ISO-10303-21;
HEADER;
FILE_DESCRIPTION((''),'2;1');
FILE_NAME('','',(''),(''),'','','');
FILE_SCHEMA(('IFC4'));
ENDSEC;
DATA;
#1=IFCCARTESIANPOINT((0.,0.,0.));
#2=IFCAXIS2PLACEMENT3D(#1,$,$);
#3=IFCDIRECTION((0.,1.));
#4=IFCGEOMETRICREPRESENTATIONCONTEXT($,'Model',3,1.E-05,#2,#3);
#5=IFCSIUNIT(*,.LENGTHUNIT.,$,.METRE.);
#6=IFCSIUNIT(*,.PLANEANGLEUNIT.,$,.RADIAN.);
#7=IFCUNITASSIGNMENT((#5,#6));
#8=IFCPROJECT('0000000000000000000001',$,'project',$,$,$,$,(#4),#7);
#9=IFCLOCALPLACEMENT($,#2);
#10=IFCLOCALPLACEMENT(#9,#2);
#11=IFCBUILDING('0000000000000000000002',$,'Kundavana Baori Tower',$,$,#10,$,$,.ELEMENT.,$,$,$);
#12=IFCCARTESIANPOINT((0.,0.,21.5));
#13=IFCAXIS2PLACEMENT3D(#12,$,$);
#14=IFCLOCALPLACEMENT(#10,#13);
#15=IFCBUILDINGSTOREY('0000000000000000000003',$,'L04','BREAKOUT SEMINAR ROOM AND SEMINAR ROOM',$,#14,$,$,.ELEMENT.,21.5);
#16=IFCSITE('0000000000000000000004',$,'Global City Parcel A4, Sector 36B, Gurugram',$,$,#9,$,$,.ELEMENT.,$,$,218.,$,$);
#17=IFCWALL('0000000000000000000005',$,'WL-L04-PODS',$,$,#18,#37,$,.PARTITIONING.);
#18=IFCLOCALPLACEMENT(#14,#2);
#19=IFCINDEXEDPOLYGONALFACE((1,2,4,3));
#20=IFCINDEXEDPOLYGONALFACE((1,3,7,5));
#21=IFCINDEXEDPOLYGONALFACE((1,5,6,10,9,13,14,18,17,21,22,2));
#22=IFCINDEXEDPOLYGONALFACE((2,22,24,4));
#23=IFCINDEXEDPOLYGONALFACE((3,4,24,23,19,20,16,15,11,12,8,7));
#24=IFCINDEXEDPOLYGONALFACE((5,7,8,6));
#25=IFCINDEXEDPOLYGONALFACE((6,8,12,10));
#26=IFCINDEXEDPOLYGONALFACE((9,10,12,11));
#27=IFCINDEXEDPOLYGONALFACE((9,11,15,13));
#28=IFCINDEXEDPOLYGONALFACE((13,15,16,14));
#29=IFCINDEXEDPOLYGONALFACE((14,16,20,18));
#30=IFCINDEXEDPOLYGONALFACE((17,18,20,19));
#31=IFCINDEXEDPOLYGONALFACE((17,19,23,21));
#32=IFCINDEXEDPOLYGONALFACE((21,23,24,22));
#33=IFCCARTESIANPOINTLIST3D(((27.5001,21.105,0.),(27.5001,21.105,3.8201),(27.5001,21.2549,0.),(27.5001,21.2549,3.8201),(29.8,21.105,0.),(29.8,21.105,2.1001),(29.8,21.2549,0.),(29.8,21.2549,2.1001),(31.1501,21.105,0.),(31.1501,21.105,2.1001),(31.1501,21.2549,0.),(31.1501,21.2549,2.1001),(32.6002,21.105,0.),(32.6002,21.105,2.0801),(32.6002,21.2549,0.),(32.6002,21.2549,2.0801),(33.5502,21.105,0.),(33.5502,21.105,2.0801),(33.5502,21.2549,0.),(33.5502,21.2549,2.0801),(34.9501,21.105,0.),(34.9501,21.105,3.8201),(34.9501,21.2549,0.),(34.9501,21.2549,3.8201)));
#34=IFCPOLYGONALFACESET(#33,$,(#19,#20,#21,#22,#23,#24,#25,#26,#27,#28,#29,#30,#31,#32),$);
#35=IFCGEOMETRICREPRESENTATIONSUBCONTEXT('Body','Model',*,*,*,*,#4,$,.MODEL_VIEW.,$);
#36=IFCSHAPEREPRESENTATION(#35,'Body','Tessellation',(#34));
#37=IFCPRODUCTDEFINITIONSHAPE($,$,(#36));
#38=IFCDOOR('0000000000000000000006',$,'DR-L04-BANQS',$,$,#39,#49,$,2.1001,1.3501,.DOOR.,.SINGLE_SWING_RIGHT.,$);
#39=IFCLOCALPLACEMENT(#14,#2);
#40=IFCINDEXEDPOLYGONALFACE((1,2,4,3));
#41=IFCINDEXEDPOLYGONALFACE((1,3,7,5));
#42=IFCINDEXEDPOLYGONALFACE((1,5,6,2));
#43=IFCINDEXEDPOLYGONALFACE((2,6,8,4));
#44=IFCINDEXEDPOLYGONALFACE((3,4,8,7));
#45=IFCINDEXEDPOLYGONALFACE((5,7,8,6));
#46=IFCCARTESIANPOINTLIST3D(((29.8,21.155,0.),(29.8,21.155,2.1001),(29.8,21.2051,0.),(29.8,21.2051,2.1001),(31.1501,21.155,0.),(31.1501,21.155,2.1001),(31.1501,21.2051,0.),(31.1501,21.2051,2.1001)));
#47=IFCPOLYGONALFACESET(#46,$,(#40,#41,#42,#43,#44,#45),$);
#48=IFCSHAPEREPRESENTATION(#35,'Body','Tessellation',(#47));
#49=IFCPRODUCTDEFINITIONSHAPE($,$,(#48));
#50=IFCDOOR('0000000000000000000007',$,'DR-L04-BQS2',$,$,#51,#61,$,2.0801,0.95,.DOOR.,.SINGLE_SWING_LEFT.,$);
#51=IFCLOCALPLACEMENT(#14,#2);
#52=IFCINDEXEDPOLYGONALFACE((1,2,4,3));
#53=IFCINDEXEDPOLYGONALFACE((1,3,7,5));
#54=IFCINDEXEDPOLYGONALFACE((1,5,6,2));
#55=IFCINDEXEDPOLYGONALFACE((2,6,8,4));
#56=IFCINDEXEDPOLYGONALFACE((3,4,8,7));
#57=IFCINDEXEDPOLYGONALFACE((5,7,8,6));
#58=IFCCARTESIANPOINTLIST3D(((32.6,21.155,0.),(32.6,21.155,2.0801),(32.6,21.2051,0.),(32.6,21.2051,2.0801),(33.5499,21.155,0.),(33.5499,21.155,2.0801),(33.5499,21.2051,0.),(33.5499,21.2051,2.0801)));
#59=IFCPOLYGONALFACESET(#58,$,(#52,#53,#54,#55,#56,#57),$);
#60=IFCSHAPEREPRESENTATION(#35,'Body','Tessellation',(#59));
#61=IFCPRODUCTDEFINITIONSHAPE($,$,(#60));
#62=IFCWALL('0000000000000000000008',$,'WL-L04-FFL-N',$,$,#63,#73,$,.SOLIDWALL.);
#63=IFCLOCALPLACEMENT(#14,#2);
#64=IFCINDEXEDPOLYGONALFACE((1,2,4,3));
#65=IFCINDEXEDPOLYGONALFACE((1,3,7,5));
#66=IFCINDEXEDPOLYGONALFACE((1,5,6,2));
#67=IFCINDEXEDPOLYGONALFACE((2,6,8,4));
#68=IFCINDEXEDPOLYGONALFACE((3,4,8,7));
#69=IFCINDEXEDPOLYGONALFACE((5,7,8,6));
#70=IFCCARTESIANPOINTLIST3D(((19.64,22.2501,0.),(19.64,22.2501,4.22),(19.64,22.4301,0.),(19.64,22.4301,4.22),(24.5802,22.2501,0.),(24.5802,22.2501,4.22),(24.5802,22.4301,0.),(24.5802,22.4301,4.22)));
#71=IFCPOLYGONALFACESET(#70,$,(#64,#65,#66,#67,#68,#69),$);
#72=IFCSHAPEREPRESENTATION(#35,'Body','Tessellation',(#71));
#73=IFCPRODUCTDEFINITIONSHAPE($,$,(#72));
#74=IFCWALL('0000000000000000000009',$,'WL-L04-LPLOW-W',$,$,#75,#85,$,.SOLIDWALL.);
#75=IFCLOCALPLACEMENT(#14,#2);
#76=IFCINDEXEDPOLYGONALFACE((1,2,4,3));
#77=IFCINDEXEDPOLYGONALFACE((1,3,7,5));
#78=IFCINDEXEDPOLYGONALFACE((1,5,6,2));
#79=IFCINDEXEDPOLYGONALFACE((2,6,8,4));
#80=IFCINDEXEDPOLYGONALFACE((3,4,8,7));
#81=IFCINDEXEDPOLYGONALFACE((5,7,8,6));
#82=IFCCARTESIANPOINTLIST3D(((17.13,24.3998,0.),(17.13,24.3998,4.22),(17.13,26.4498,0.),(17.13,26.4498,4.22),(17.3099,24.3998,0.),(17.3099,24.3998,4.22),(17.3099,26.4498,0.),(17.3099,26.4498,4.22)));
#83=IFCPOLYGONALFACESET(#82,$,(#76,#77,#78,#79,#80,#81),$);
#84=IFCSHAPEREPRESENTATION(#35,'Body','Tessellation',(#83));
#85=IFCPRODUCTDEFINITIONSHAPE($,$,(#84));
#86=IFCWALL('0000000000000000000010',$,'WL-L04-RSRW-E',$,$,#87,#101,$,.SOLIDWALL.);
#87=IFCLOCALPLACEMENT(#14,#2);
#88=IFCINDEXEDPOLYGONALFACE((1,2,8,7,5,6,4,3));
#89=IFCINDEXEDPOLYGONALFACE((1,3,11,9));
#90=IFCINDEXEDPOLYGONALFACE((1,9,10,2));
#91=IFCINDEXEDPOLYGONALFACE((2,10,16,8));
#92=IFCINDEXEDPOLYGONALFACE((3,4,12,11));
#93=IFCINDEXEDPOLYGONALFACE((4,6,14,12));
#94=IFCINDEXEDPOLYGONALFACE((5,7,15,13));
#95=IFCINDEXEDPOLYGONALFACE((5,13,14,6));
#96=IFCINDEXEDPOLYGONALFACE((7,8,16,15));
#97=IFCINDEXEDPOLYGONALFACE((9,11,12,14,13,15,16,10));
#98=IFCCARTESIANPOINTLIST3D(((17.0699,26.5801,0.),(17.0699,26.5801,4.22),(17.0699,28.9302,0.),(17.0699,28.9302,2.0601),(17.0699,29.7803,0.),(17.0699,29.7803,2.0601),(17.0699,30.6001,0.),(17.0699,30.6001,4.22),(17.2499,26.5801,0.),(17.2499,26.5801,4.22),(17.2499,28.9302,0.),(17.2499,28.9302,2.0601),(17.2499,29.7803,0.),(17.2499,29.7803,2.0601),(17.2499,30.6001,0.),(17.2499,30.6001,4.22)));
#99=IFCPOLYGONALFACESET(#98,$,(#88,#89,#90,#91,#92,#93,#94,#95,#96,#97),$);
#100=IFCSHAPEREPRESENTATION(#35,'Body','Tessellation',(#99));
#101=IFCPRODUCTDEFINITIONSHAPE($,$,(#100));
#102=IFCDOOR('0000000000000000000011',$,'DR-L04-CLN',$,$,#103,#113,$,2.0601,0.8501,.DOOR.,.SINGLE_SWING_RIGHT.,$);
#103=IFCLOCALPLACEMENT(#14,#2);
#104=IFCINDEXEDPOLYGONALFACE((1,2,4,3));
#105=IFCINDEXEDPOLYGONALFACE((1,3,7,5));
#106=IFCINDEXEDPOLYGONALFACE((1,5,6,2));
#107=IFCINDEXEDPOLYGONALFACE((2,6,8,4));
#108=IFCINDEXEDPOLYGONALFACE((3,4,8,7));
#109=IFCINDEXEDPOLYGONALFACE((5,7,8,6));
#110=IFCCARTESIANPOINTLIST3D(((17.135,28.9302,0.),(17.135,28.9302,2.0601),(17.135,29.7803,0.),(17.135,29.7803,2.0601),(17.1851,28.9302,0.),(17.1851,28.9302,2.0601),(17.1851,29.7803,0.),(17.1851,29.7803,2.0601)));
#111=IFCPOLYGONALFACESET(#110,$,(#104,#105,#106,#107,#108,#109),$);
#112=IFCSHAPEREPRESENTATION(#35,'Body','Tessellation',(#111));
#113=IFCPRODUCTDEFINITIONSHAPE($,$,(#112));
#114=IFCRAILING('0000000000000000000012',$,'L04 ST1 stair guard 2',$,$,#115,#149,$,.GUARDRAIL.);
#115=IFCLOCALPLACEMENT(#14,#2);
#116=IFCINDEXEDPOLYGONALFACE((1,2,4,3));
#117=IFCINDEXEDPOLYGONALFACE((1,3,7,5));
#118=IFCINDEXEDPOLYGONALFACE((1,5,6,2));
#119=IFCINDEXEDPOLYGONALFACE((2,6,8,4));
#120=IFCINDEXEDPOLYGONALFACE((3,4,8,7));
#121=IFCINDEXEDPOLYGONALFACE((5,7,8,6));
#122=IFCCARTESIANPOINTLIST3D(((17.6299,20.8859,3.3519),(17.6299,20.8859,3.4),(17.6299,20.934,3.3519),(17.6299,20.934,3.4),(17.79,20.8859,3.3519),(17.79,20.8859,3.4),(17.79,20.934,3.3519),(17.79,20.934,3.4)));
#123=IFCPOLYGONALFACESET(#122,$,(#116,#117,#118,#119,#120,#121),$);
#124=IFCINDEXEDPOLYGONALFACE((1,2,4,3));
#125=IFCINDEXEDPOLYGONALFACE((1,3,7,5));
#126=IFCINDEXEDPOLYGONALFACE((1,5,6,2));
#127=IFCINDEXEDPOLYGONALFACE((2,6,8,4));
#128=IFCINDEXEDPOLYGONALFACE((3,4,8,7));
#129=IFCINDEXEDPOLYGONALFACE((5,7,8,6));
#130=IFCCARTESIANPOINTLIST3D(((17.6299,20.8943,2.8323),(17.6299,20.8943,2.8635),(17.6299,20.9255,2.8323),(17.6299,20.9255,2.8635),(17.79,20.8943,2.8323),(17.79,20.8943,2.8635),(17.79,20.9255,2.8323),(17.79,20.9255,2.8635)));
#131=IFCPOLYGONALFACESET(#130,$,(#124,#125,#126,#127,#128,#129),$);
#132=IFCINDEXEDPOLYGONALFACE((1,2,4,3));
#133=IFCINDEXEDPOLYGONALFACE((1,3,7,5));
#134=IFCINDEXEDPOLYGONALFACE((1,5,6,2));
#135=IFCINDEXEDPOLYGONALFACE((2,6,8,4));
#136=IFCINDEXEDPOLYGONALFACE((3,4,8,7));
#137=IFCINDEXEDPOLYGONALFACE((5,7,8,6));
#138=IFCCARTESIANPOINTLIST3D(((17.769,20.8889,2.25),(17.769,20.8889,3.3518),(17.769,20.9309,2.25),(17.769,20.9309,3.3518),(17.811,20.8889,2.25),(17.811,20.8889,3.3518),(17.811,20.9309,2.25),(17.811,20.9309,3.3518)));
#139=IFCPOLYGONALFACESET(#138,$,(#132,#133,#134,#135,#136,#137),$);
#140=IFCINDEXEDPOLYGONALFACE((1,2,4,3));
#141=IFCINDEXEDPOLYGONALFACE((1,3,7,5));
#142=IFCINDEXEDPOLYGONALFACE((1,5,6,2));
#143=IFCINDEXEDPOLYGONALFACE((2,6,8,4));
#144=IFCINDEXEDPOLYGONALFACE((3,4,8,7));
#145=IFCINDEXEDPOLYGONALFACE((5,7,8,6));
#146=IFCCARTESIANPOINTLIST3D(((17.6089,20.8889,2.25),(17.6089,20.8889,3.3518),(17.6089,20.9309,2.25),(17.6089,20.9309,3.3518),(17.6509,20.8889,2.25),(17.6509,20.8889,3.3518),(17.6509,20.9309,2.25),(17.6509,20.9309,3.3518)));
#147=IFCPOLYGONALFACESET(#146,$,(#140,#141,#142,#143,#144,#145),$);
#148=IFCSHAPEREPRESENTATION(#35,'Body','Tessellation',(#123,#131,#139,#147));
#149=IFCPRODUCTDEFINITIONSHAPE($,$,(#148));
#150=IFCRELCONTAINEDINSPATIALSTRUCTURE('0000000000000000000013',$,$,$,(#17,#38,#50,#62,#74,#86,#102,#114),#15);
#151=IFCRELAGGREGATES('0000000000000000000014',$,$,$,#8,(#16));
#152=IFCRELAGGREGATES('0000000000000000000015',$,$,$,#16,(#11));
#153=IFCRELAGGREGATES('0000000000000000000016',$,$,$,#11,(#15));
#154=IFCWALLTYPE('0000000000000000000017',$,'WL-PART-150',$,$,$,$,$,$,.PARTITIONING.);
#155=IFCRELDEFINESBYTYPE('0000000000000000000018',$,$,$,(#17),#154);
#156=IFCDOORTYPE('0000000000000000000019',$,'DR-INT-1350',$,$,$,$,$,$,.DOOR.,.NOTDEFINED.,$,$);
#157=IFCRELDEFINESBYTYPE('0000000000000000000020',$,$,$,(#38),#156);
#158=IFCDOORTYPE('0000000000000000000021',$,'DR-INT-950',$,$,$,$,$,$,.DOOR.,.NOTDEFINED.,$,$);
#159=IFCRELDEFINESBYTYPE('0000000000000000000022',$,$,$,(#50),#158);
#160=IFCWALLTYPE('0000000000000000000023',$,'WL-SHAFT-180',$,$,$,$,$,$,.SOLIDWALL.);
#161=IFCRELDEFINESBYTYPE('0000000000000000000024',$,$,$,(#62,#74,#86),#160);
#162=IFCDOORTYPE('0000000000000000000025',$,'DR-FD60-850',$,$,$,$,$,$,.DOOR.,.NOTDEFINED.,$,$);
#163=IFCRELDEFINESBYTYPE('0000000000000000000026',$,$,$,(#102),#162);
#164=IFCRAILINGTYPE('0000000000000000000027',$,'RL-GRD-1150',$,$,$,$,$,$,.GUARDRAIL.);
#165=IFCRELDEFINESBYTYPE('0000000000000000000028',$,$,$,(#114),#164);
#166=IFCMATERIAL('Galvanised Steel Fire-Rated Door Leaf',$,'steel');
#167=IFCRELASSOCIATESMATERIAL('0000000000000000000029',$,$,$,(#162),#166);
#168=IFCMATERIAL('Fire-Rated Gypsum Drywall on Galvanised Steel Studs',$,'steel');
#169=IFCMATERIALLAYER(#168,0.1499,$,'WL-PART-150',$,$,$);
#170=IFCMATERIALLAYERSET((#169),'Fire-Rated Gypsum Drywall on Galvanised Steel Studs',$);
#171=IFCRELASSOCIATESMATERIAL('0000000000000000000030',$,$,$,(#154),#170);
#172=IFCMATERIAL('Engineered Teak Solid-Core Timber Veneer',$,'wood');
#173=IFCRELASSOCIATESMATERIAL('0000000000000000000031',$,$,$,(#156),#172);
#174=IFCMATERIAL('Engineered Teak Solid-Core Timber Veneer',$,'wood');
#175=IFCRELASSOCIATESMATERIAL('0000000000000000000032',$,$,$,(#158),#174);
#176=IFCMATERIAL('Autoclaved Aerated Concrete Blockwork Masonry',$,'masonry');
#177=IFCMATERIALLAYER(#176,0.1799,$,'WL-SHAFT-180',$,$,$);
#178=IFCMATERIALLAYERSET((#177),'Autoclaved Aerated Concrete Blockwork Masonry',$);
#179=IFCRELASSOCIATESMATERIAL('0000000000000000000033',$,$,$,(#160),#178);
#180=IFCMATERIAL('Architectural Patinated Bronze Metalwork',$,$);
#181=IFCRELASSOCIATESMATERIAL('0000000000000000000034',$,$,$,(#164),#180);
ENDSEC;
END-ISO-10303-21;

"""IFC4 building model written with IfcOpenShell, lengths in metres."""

from ifc_helpers import new_model, si_unit, direction, frame, frame_2d, origin, origin_2d, place, context, subcontext, project, spatial, rectangle, extrude, material, layer, layer_set, type_object, element, fill, save


model = new_model("IFC4")

# Units and contexts
model_context = context("Model", 3, precision=1e-05, world=origin(), true_north=direction((0.0, 1.0)))
body_context = subcontext(model_context, "Body", "Model", "MODEL_VIEW")
ifc_project = project(units=[si_unit("LENGTHUNIT", "METRE"), si_unit("PLANEANGLEUNIT", "RADIAN")], contexts=[model_context])

# Site, building, storey
site_placement = place(None, origin())
site = spatial("IfcSite", under=ifc_project, at=site_placement, Name="Global City Parcel A4, Sector 36B, Gurugram", CompositionType="ELEMENT", RefElevation=218.0)
building_placement = place(site_placement, origin())
building = spatial("IfcBuilding", under=site, at=building_placement, Name="Kundavana Baori Tower", CompositionType="ELEMENT")
storey_placement = place(building_placement, frame((0.0, 0.0, 21.5)))
storey = spatial("IfcBuildingStorey", under=building, at=storey_placement, Name="L04", Description="BREAKOUT SEMINAR ROOM AND SEMINAR ROOM", CompositionType="ELEMENT", Elevation=21.5)

# Shared definitions
ifc_material_1 = material(Name="Galvanised Steel Fire-Rated Door Leaf", Category="steel")
door_type_1 = type_object("IfcDoorType", Name="DR-FD60-850", OperationType="NOTDEFINED", PredefinedType="DOOR", material=ifc_material_1)

# Wall, openings, doors
ifc_material_2 = material(Name="Fire-Rated Gypsum Drywall on Galvanised Steel Studs", Category="steel")
ifc_layer_1 = layer(ifc_material_2, 0.1499, Name="WL-PART-150")
ifc_layer_set_1 = layer_set([ifc_layer_1], Name="Fire-Rated Gypsum Drywall on Galvanised Steel Studs")
wall_type_1 = type_object("IfcWallType", Name="WL-PART-150", PredefinedType="PARTITIONING", material=ifc_layer_set_1)
wall_1_placement = place(storey_placement, frame((27.5, 21.1799, 0.0), z_axis=(0.0, 0.0, 1.0), x_axis=(1.0, 0.0, 0.0)))
wall_1 = element("IfcWall", 1, at=wall_1_placement, inside=storey, type_object=wall_type_1, Name="WL-L04-PODS", PredefinedType="PARTITIONING", context=body_context, shape_type="SweptSolid", body=[
    extrude(rectangle(XDim=7.45, YDim=0.1499, at=frame_2d((3.7251, 0.0))), origin(), (0.0, 0.0, 1.0), 3.8201),
])
opening_1_placement = place(wall_1_placement, frame((5.1001, 0.0, 0.0)))
opening_1 = element("IfcOpeningElement", 2, at=opening_1_placement, cuts=wall_1, PredefinedType="OPENING", context=body_context, shape_type="SweptSolid", body=[
    extrude(rectangle(XDim=0.95, YDim=2.0801, at=frame_2d((0.4751, 1.04))), frame((0.0, 0.085, 0.0), z_axis=(0.0, -1.0, 0.0), x_axis=(1.0, 0.0, 0.0)), (0.0, 0.0, 1.0), 0.1699),
])
opening_2_placement = place(wall_1_placement, frame((2.3, 0.0, 0.0)))
opening_2 = element("IfcOpeningElement", 3, at=opening_2_placement, cuts=wall_1, PredefinedType="OPENING", context=body_context, shape_type="SweptSolid", body=[
    extrude(rectangle(XDim=1.3501, YDim=2.1001, at=frame_2d((0.675, 1.05))), frame((0.0, 0.085, 0.0), z_axis=(0.0, -1.0, 0.0), x_axis=(1.0, 0.0, 0.0)), (0.0, 0.0, 1.0), 0.1699),
])
ifc_material_3 = material(Name="Engineered Teak Solid-Core Timber Veneer", Category="wood")
door_type_2 = type_object("IfcDoorType", Name="DR-INT-1350", OperationType="NOTDEFINED", PredefinedType="DOOR", material=ifc_material_3)
door_1_placement = place(opening_2_placement, frame((1.3501, 0.0, 0.0), z_axis=(0.0, 0.0, 1.0), x_axis=(-1.0, 0.0, 0.0)))
door_1 = element("IfcDoor", 4, at=door_1_placement, inside=storey, type_object=door_type_2, Name="DR-L04-BANQS", OperationType="SINGLE_SWING_RIGHT", OverallHeight=2.1001, OverallWidth=1.3501, PredefinedType="DOOR", context=body_context, shape_type="SweptSolid", body=[
    extrude(rectangle(XDim=1.3501, YDim=2.1001, at=frame_2d((0.675, 1.05))), frame((0.0, 0.0249, 0.0), z_axis=(0.0, -1.0, 0.0), x_axis=(1.0, 0.0, 0.0)), (0.0, 0.0, 1.0), 0.05),
])
fill(opening_2, door_1)
ifc_material_4 = material(Name="Engineered Teak Solid-Core Timber Veneer", Category="wood")
door_type_3 = type_object("IfcDoorType", Name="DR-INT-950", OperationType="NOTDEFINED", PredefinedType="DOOR", material=ifc_material_4)
door_2_placement = place(opening_1_placement, frame((0.95, 0.0, 0.0), z_axis=(0.0, 0.0, 1.0), x_axis=(-1.0, 0.0, 0.0)))
door_2 = element("IfcDoor", 5, at=door_2_placement, inside=storey, type_object=door_type_3, Name="DR-L04-BQS2", OperationType="SINGLE_SWING_LEFT", OverallHeight=2.0801, OverallWidth=0.95, PredefinedType="DOOR", context=body_context, shape_type="SweptSolid", body=[
    extrude(rectangle(XDim=0.95, YDim=2.0801, at=frame_2d((0.4751, 1.04))), frame((0.0, 0.0249, 0.0), z_axis=(0.0, -1.0, 0.0), x_axis=(1.0, 0.0, 0.0)), (0.0, 0.0, 1.0), 0.05),
])
fill(opening_1, door_2)

# Walls
ifc_material_5 = material(Name="Autoclaved Aerated Concrete Blockwork Masonry", Category="masonry")
ifc_layer_2 = layer(ifc_material_5, 0.1799, Name="WL-SHAFT-180")
ifc_layer_set_2 = layer_set([ifc_layer_2], Name="Autoclaved Aerated Concrete Blockwork Masonry")
wall_type_2 = type_object("IfcWallType", Name="WL-SHAFT-180", PredefinedType="SOLIDWALL", material=ifc_layer_set_2)
wall_2_placement = place(storey_placement, frame((19.6399, 22.3401, 0.0), z_axis=(0.0, 0.0, 1.0), x_axis=(1.0, 0.0, 0.0)))
element("IfcWall", 6, at=wall_2_placement, inside=storey, type_object=wall_type_2, Name="WL-L04-FFL-N", PredefinedType="SOLIDWALL", context=body_context, shape_type="SweptSolid", body=[
    extrude(rectangle(XDim=4.9402, YDim=0.1799, at=frame_2d((2.4702, 0.0))), origin(), (0.0, 0.0, 1.0), 4.22),
])
wall_3_placement = place(storey_placement, frame((17.22, 24.3999, 0.0), z_axis=(0.0, 0.0, 1.0), x_axis=(0.0, 1.0, 0.0)))
element("IfcWall", 7, at=wall_3_placement, inside=storey, type_object=wall_type_2, Name="WL-L04-LPLOW-W", PredefinedType="SOLIDWALL", context=body_context, shape_type="SweptSolid", body=[
    extrude(rectangle(XDim=2.05, YDim=0.1799, at=frame_2d((1.0249, 0.0))), origin(), (0.0, 0.0, 1.0), 4.22),
])

# Wall, opening, door
wall_4_placement = place(storey_placement, frame((17.1599, 26.5801, 0.0), z_axis=(0.0, 0.0, 1.0), x_axis=(0.0, 1.0, 0.0)))
wall_4 = element("IfcWall", 8, at=wall_4_placement, inside=storey, type_object=wall_type_2, Name="WL-L04-RSRW-E", PredefinedType="SOLIDWALL", context=body_context, shape_type="SweptSolid", body=[
    extrude(rectangle(XDim=4.02, YDim=0.1799, at=frame_2d((2.01, 0.0))), origin(), (0.0, 0.0, 1.0), 4.22),
])
opening_3_placement = place(wall_4_placement, frame((2.3501, 0.0, 0.0)))
opening_3 = element("IfcOpeningElement", 9, at=opening_3_placement, cuts=wall_4, PredefinedType="OPENING", context=body_context, shape_type="SweptSolid", body=[
    extrude(rectangle(XDim=0.8501, YDim=2.0601, at=frame_2d((0.425, 1.03))), frame((0.0, 0.1001, 0.0), z_axis=(0.0, -1.0, 0.0), x_axis=(1.0, 0.0, 0.0)), (0.0, 0.0, 1.0), 0.2),
])
door_3_placement = place(opening_3_placement, origin())
door_3 = element("IfcDoor", 10, at=door_3_placement, inside=storey, type_object=door_type_1, Name="DR-L04-CLN", OperationType="SINGLE_SWING_RIGHT", OverallHeight=2.0601, OverallWidth=0.8501, PredefinedType="DOOR", context=body_context, shape_type="SweptSolid", body=[
    extrude(rectangle(XDim=0.8501, YDim=2.0601, at=frame_2d((0.425, 1.03))), frame((0.0, 0.0249, 0.0), z_axis=(0.0, -1.0, 0.0), x_axis=(1.0, 0.0, 0.0)), (0.0, 0.0, 1.0), 0.05),
])
fill(opening_3, door_3)

# Railing
ifc_material_6 = material(Name="Architectural Patinated Bronze Metalwork")
railing_type = type_object("IfcRailingType", Name="RL-GRD-1150", PredefinedType="GUARDRAIL", material=ifc_material_6)
railing_placement = place(storey_placement, frame((17.79, 20.9099, 2.25)))
element("IfcRailing", 11, at=railing_placement, inside=storey, type_object=railing_type, Name="L04 ST1 stair guard 2", PredefinedType="GUARDRAIL", context=body_context, shape_type="SweptSolid", body=[
    extrude(rectangle(XDim=0.0481, YDim=0.0481, at=origin_2d()), frame((0.0, 0.0, 1.126), z_axis=(-1.0, 0.0, 0.0), x_axis=(0.0, -1.0, 0.0)), (0.0, 0.0, 1.0), 0.1602),
    extrude(rectangle(XDim=0.0312, YDim=0.0312, at=origin_2d()), frame((0.0, 0.0, 0.5979), z_axis=(-1.0, 0.0, 0.0), x_axis=(0.0, -1.0, 0.0)), (0.0, 0.0, 1.0), 0.1602),
    extrude(rectangle(XDim=0.042, YDim=0.042, at=origin_2d()), origin(), (0.0, 0.0, 1.0), 1.1018),
    extrude(rectangle(XDim=0.042, YDim=0.042, at=origin_2d()), frame((-0.1602, 0.0, 0.0)), (0.0, 0.0, 1.0), 1.1018),
])

save(model, "model.ifc")
